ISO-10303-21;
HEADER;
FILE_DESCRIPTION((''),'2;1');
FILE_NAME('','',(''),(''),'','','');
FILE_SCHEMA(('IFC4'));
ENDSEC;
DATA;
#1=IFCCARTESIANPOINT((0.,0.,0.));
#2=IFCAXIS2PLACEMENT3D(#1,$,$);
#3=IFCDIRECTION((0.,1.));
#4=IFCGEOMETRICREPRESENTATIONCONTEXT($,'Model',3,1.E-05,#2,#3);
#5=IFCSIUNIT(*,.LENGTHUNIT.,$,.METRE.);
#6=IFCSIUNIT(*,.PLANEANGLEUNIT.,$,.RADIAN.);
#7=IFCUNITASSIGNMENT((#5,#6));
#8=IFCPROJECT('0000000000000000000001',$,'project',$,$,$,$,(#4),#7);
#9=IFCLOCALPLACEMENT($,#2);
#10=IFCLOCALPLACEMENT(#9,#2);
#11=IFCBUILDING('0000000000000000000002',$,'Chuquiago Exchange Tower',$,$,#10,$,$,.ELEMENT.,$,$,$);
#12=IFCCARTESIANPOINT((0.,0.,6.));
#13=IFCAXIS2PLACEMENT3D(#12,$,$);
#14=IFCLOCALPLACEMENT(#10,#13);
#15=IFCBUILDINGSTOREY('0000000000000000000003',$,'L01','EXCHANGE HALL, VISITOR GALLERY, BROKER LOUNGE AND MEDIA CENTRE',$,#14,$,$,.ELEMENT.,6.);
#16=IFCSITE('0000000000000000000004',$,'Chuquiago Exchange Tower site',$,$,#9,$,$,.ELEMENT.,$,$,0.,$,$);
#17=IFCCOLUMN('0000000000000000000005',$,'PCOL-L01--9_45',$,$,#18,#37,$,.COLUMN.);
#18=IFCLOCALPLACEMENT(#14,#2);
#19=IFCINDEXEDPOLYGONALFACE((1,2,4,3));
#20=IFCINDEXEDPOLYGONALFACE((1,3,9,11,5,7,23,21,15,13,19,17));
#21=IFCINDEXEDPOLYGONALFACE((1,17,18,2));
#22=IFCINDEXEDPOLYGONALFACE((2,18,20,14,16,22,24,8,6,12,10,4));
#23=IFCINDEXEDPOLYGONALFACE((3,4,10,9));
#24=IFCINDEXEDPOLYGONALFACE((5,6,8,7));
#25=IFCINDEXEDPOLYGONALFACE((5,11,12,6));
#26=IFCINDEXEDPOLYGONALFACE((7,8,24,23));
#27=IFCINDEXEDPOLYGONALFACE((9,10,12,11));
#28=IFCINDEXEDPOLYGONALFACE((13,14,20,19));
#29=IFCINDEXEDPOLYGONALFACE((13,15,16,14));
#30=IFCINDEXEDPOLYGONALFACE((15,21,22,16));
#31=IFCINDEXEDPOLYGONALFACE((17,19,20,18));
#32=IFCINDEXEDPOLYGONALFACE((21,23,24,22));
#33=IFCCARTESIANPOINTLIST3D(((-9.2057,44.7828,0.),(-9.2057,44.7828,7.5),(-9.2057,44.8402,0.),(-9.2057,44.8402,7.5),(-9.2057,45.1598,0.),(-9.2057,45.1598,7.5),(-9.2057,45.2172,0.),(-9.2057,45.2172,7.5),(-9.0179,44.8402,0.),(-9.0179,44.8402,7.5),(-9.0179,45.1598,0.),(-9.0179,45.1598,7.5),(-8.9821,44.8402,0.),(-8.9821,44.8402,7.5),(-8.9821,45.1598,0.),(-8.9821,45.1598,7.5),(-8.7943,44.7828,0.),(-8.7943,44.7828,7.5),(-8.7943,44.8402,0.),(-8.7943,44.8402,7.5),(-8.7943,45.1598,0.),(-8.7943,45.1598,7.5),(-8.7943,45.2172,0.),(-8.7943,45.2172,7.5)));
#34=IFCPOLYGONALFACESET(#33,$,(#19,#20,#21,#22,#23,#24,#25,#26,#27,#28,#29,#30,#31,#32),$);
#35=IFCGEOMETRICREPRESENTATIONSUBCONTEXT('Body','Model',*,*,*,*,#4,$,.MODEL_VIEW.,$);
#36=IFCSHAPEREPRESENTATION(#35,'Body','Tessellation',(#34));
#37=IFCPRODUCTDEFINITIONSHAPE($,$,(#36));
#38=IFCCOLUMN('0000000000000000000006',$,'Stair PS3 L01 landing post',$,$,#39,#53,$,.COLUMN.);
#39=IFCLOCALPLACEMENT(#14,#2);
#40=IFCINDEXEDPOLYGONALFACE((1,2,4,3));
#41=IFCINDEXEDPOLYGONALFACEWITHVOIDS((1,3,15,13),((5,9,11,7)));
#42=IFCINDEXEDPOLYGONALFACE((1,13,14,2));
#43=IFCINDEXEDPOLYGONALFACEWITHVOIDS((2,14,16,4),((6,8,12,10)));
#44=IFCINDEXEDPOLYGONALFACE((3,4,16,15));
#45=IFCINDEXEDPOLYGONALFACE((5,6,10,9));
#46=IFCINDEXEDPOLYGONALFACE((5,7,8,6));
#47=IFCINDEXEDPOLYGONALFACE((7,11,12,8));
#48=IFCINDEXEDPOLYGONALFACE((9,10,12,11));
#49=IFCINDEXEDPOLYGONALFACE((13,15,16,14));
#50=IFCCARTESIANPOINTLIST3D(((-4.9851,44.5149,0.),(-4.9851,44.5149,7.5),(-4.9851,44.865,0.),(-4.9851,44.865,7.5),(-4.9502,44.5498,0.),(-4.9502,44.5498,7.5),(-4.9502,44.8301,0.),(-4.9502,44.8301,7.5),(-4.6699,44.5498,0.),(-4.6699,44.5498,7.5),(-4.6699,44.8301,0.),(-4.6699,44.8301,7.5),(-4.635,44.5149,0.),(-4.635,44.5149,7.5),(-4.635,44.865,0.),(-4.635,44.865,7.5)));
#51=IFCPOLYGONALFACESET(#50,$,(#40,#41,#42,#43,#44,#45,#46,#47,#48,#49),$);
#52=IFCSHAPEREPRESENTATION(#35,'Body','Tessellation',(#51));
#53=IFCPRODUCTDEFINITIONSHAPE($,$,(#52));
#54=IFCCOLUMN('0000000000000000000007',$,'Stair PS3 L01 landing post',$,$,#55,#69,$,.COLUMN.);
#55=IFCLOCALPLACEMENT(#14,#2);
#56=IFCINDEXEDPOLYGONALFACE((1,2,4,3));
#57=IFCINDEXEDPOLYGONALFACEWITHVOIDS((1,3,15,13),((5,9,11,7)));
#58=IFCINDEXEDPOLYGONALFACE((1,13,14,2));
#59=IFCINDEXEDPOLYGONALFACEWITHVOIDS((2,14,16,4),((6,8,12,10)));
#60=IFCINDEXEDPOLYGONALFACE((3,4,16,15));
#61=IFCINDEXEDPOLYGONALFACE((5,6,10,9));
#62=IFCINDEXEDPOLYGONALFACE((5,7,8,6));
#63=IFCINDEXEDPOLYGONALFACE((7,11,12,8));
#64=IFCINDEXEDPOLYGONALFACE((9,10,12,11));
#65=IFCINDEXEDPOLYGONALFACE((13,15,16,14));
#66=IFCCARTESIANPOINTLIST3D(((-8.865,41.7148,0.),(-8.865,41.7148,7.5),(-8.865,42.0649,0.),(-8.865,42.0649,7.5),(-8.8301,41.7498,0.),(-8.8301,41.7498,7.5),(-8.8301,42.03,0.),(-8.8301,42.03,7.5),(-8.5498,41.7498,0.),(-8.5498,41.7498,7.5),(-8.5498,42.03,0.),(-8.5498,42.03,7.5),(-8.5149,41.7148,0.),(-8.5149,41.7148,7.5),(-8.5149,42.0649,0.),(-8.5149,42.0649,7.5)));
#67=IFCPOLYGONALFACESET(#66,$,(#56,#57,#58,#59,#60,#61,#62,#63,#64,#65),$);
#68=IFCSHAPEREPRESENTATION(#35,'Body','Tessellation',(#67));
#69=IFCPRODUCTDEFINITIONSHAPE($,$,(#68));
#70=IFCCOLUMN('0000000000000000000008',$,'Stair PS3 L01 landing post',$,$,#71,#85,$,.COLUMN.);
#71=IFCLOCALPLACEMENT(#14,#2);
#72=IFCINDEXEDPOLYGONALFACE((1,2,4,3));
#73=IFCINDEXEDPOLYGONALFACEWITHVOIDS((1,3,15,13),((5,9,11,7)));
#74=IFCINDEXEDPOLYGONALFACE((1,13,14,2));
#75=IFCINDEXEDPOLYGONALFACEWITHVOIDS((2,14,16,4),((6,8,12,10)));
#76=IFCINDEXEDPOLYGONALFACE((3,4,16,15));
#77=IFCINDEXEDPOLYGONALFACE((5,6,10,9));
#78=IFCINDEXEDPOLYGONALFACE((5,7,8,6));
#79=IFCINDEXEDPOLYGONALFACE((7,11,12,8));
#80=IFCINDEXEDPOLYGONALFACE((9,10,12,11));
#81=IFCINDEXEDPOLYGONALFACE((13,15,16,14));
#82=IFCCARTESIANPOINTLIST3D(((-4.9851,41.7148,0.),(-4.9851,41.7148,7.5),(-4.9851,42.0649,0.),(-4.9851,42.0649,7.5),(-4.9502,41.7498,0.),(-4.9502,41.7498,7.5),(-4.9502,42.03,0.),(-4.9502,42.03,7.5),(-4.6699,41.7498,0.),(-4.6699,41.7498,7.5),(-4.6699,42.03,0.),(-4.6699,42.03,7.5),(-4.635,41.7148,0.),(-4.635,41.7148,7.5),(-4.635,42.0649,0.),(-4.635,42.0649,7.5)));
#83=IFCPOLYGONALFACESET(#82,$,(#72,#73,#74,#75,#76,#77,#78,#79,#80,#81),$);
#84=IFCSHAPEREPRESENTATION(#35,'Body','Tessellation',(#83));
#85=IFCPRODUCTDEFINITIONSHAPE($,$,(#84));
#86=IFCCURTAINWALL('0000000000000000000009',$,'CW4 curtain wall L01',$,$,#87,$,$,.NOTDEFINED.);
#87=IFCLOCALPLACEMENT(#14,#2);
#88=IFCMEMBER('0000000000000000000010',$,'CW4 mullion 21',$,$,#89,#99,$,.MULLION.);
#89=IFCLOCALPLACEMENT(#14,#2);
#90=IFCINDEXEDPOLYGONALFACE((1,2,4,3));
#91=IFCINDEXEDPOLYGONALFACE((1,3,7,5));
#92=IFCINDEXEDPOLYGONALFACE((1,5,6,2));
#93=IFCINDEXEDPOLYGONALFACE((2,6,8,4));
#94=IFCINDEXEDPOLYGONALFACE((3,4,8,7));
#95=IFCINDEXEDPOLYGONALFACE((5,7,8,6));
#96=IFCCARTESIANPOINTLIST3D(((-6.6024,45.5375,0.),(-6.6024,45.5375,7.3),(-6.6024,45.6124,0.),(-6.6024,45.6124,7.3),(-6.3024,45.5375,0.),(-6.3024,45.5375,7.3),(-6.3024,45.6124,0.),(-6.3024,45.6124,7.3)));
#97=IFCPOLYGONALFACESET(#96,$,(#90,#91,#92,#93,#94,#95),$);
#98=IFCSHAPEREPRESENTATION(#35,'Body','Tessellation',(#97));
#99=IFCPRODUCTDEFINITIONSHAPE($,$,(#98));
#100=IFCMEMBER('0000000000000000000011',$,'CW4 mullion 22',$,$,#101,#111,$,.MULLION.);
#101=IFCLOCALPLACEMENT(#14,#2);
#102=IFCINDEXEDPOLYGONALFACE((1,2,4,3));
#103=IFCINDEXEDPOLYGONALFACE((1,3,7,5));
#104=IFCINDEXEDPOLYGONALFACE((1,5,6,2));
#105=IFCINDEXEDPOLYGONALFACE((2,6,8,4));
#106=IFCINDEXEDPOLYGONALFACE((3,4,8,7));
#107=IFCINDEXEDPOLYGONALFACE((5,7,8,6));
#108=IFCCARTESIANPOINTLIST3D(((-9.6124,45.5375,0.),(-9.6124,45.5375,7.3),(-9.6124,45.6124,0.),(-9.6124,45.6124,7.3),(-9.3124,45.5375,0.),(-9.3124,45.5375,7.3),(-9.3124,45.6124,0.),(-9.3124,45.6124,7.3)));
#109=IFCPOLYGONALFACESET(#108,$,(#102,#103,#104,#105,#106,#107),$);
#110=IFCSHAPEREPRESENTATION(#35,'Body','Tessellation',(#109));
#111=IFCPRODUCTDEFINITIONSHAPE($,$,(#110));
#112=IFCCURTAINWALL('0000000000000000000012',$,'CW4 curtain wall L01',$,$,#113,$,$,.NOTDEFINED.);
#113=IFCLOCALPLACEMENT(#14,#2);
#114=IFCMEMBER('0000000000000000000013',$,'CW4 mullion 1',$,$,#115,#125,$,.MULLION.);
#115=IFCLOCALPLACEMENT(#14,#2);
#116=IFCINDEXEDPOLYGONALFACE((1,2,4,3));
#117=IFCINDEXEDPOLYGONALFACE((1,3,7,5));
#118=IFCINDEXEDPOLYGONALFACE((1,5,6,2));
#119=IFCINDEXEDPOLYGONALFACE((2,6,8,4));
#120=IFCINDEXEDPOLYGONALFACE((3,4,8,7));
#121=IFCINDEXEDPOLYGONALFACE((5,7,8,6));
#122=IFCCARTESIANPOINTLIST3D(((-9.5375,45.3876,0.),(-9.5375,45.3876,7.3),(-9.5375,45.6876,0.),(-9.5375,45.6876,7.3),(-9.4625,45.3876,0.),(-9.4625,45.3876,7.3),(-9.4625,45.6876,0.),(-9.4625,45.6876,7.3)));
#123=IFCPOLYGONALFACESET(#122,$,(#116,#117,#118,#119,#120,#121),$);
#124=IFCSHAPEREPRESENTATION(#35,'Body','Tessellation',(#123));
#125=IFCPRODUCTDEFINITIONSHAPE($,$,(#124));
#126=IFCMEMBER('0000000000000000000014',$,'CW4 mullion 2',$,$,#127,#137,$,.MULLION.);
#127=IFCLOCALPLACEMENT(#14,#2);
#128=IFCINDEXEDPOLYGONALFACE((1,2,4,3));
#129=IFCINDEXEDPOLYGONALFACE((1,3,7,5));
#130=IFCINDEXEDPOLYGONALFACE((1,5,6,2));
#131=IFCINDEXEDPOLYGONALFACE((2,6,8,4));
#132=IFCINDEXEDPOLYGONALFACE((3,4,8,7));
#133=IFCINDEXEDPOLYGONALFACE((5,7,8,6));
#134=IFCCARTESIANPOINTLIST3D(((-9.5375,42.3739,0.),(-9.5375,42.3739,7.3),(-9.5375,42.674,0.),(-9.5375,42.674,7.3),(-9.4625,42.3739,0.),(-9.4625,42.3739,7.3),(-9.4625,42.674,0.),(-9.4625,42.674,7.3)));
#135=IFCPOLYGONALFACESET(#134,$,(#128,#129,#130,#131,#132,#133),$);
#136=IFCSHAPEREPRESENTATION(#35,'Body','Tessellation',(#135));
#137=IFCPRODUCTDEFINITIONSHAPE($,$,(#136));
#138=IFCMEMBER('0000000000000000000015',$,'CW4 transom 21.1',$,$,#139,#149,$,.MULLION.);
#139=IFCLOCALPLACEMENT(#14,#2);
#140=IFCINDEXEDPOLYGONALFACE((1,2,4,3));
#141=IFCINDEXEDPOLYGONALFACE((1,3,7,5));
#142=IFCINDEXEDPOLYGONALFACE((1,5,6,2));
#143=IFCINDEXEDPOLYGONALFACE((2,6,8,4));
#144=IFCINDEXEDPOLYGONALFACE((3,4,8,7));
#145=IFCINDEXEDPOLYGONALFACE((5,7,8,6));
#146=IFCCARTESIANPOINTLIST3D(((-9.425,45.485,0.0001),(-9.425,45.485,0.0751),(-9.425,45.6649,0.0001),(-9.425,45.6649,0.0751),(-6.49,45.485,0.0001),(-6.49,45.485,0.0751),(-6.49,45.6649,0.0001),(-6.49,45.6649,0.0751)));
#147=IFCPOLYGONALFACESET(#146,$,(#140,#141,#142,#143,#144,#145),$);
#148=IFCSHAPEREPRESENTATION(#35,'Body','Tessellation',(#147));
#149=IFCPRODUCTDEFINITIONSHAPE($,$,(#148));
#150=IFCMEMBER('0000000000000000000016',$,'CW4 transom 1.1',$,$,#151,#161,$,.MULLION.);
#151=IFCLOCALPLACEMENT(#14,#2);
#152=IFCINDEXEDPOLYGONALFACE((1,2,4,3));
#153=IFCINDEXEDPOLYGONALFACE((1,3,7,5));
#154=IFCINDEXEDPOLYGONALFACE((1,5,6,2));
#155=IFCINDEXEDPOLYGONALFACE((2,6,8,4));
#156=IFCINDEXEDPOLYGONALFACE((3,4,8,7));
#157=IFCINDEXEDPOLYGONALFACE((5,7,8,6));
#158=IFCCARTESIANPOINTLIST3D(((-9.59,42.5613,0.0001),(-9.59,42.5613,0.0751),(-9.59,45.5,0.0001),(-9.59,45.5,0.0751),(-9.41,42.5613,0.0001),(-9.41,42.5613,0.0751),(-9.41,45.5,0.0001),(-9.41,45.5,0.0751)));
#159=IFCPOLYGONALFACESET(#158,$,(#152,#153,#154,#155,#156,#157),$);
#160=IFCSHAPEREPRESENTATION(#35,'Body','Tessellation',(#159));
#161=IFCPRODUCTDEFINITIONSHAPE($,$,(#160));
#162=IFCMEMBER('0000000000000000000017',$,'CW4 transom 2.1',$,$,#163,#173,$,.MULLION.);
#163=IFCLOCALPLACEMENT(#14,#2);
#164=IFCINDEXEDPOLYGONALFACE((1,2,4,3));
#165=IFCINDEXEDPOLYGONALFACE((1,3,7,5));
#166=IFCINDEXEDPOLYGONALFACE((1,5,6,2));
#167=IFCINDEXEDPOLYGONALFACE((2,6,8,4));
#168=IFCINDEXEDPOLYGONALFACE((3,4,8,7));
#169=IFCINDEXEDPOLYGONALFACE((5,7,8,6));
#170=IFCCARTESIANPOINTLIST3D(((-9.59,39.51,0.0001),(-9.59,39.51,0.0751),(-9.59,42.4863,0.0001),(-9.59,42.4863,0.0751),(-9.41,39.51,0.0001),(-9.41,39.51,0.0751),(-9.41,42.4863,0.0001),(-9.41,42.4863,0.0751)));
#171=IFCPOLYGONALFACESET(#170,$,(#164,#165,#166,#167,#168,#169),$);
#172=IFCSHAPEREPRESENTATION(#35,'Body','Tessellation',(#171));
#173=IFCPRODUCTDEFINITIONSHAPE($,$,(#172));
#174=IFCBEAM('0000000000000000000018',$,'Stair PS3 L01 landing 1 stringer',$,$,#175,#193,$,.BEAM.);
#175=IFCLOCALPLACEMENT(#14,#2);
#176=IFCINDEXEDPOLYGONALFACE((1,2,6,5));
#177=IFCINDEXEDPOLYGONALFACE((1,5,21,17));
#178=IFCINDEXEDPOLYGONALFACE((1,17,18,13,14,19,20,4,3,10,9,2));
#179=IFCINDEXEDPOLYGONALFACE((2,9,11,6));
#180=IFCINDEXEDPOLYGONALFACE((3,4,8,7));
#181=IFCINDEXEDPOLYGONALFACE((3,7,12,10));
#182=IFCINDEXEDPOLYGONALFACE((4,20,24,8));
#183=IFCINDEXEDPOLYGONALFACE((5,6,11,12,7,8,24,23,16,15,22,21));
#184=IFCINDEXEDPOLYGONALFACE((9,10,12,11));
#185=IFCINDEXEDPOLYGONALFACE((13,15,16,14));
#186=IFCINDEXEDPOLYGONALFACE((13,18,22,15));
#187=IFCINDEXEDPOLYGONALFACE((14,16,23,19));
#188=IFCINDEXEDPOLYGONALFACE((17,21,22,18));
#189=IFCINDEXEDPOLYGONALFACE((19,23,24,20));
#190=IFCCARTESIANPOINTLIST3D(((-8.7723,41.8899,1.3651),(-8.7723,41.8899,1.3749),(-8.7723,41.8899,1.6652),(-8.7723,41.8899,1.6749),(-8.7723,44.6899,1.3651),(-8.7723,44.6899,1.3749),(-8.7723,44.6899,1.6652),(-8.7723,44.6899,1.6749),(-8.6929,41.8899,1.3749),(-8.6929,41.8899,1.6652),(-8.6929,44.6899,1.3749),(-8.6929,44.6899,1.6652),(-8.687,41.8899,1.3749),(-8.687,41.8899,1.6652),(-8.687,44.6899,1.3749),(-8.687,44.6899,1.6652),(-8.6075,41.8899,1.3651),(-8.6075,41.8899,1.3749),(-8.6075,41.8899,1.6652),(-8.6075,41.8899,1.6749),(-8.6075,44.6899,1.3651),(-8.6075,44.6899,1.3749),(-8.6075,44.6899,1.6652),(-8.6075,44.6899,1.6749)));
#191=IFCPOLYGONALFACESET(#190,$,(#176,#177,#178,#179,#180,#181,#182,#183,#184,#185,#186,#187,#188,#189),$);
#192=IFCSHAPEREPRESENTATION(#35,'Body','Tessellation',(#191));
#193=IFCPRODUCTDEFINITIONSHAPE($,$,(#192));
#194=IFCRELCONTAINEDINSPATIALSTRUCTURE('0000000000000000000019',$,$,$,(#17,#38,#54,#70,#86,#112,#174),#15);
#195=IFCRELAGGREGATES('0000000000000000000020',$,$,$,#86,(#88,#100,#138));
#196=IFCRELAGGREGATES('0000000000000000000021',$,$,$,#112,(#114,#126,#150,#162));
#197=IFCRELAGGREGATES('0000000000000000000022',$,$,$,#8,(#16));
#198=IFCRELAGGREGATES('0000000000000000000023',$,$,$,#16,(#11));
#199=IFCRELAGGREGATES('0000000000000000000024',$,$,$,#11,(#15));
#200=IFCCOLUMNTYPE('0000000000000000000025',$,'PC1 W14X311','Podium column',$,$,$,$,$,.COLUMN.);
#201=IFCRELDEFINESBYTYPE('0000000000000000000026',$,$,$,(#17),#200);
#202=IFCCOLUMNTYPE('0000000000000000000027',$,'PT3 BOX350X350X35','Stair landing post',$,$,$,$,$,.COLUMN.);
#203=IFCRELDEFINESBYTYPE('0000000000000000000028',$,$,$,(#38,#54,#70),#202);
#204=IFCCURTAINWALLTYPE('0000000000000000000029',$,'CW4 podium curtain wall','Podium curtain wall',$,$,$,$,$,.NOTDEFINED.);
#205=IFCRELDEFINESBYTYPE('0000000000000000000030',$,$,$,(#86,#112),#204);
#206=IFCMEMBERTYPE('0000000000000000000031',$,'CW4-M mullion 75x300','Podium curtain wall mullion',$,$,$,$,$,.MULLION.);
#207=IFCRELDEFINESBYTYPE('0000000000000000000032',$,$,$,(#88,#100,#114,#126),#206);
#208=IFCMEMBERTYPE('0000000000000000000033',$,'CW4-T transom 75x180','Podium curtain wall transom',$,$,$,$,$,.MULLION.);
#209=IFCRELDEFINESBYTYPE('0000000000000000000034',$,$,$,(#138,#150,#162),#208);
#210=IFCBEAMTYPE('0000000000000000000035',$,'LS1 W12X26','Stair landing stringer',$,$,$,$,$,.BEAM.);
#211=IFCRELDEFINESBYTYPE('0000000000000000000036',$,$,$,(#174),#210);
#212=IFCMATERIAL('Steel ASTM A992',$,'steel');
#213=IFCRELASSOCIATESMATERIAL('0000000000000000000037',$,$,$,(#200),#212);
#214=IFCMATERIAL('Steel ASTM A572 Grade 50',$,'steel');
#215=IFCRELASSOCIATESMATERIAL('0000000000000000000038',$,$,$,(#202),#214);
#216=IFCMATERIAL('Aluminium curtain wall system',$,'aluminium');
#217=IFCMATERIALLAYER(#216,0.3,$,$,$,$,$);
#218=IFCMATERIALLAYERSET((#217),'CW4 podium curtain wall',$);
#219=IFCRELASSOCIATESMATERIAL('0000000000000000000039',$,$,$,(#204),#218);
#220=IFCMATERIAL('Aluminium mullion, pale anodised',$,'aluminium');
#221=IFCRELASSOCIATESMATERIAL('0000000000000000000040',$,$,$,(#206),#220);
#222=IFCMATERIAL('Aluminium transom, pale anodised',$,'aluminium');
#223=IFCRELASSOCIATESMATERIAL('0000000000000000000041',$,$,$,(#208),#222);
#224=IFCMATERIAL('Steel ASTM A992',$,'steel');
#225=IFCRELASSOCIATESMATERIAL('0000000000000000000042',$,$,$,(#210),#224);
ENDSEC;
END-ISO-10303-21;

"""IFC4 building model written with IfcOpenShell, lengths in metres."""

from ifc_helpers import new_model, si_unit, direction, frame, origin, origin_2d, place, context, subcontext, project, spatial, rectangle, hollow_rectangle, i_section, extrude, material, layer, layer_set, material_profile, profile_set, type_object, element, aggregate, save


model = new_model("IFC4")

# Units and contexts
model_context = context("Model", 3, precision=1e-05, world=origin(), true_north=direction((0.0, 1.0)))
body_context = subcontext(model_context, "Body", "Model", "MODEL_VIEW")
ifc_project = project(units=[si_unit("LENGTHUNIT", "METRE"), si_unit("PLANEANGLEUNIT", "RADIAN")], contexts=[model_context])

# Site, building, storey
site_placement = place(None, origin())
site = spatial("IfcSite", under=ifc_project, at=site_placement, Name="Chuquiago Exchange Tower site", CompositionType="ELEMENT", RefElevation=0.0)
building_placement = place(site_placement, origin())
building = spatial("IfcBuilding", under=site, at=building_placement, Name="Chuquiago Exchange Tower", CompositionType="ELEMENT")
storey_placement = place(building_placement, frame((0.0, 0.0, 6.0)))
storey = spatial("IfcBuildingStorey", under=building, at=storey_placement, Name="L01", Description="EXCHANGE HALL, VISITOR GALLERY, BROKER LOUNGE AND MEDIA CENTRE", CompositionType="ELEMENT", Elevation=6.0)

# Columns
ifc_material_1 = material(Name="Steel ASTM A992", Category="steel")
ifc_material_profile_1 = material_profile(ifc_material_1, i_section(OverallWidth=0.4114, OverallDepth=0.4343, WebThickness=0.0359, FlangeThickness=0.0574, at=origin_2d()), Name="W14X311")
ifc_profile_set_1 = profile_set([ifc_material_profile_1], Name="Steel ASTM A992")
column_type_1 = type_object("IfcColumnType", Name="PC1 W14X311", Description="Podium column", PredefinedType="COLUMN", material=ifc_profile_set_1)
column_placement = place(storey_placement, frame((-9.0, 45.0, 0.0), z_axis=(0.0, 0.0, 1.0), x_axis=(1.0, 0.0, 0.0)))
element("IfcColumn", 1, at=column_placement, inside=storey, type_object=column_type_1, Name="PCOL-L01--9_45", PredefinedType="COLUMN", context=body_context, shape_type="SweptSolid", body=[
    extrude(i_section(OverallWidth=0.4114, OverallDepth=0.4343, WebThickness=0.0359, FlangeThickness=0.0574, at=origin_2d()), origin(), (0.0, 0.0, 1.0), 7.5),
])
ifc_material_2 = material(Name="Steel ASTM A572 Grade 50", Category="steel")
ifc_material_profile_2 = material_profile(ifc_material_2, hollow_rectangle(XDim=0.3501, YDim=0.3501, WallThickness=0.0349, at=origin_2d()), Name="BOX350X350X35")
ifc_profile_set_2 = profile_set([ifc_material_profile_2], Name="Steel ASTM A572 Grade 50")
column_type_2 = type_object("IfcColumnType", Name="PT3 BOX350X350X35", Description="Stair landing post", PredefinedType="COLUMN", material=ifc_profile_set_2)
for number, where, z_axis, x_axis, name in (
    (2, (-4.8101, 44.6899, 0.0), (0.0, 0.0, 1.0), (1.0, 0.0, 0.0), "Stair PS3 L01 landing post"),
    (3, (-8.6899, 41.8899, 0.0), (0.0, 0.0, 1.0), (1.0, 0.0, 0.0), "Stair PS3 L01 landing post"),
    (4, (-4.8101, 41.8899, 0.0), (0.0, 0.0, 1.0), (1.0, 0.0, 0.0), "Stair PS3 L01 landing post"),
):
    element("IfcColumn", number, at=place(storey_placement, frame(where, z_axis=z_axis, x_axis=x_axis)), inside=storey, type_object=column_type_2, Name=name, PredefinedType="COLUMN", context=body_context, shape_type="SweptSolid", body=[
        extrude(hollow_rectangle(XDim=0.3501, YDim=0.3501, WallThickness=0.0349, at=origin_2d()), origin(), (0.0, 0.0, 1.0), 7.5),
    ])

# Curtain walls, members
ifc_material_3 = material(Name="Aluminium curtain wall system", Category="aluminium")
ifc_layer_1 = layer(ifc_material_3, 0.3)
ifc_layer_set_1 = layer_set([ifc_layer_1], Name="CW4 podium curtain wall")
curtain_wall_type = type_object("IfcCurtainWallType", Name="CW4 podium curtain wall", Description="Podium curtain wall", PredefinedType="NOTDEFINED", material=ifc_layer_set_1)
curtain_wall_1_placement = place(storey_placement, origin())
curtain_wall_1 = element("IfcCurtainWall", 5, at=curtain_wall_1_placement, inside=storey, type_object=curtain_wall_type, Name="CW4 curtain wall L01", PredefinedType="NOTDEFINED")
ifc_material_4 = material(Name="Aluminium mullion, pale anodised", Category="aluminium")
ifc_material_profile_3 = material_profile(ifc_material_4, rectangle(XDim=0.075, YDim=0.3, at=origin_2d()), Name="AL 75x300")
ifc_profile_set_3 = profile_set([ifc_material_profile_3], Name="Aluminium mullion, pale anodised")
member_type_1 = type_object("IfcMemberType", Name="CW4-M mullion 75x300", Description="Podium curtain wall mullion", PredefinedType="MULLION", material=ifc_profile_set_3)
member_1_placement = place(storey_placement, frame((-6.4524, 45.575, 0.0), z_axis=(0.0, 0.0, 1.0), x_axis=(0.0, -1.0, 0.0)))
member_1 = element("IfcMember", 6, at=member_1_placement, type_object=member_type_1, Name="CW4 mullion 21", PredefinedType="MULLION", context=body_context, shape_type="SweptSolid", body=[
    extrude(rectangle(XDim=0.075, YDim=0.3, at=origin_2d()), origin(), (0.0, 0.0, 1.0), 7.3),
])
member_2_placement = place(storey_placement, frame((-9.4624, 45.575, 0.0), z_axis=(0.0, 0.0, 1.0), x_axis=(0.0, -1.0, 0.0)))
member_2 = element("IfcMember", 7, at=member_2_placement, type_object=member_type_1, Name="CW4 mullion 22", PredefinedType="MULLION", context=body_context, shape_type="SweptSolid", body=[
    extrude(rectangle(XDim=0.075, YDim=0.3, at=origin_2d()), origin(), (0.0, 0.0, 1.0), 7.3),
])
curtain_wall_2_placement = place(storey_placement, origin())
curtain_wall_2 = element("IfcCurtainWall", 8, at=curtain_wall_2_placement, inside=storey, type_object=curtain_wall_type, Name="CW4 curtain wall L01", PredefinedType="NOTDEFINED")
member_3_placement = place(storey_placement, frame((-9.5, 45.5376, 0.0), z_axis=(0.0, 0.0, 1.0), x_axis=(1.0, 0.0, 0.0)))
member_3 = element("IfcMember", 9, at=member_3_placement, type_object=member_type_1, Name="CW4 mullion 1", PredefinedType="MULLION", context=body_context, shape_type="SweptSolid", body=[
    extrude(rectangle(XDim=0.075, YDim=0.3, at=origin_2d()), origin(), (0.0, 0.0, 1.0), 7.3),
])
member_4_placement = place(storey_placement, frame((-9.5, 42.5239, 0.0), z_axis=(0.0, 0.0, 1.0), x_axis=(1.0, 0.0, 0.0)))
member_4 = element("IfcMember", 10, at=member_4_placement, type_object=member_type_1, Name="CW4 mullion 2", PredefinedType="MULLION", context=body_context, shape_type="SweptSolid", body=[
    extrude(rectangle(XDim=0.075, YDim=0.3, at=origin_2d()), origin(), (0.0, 0.0, 1.0), 7.3),
])

# Members
ifc_material_5 = material(Name="Aluminium transom, pale anodised", Category="aluminium")
ifc_material_profile_4 = material_profile(ifc_material_5, rectangle(XDim=0.1799, YDim=0.075, at=origin_2d()), Name="AL 180x75")
ifc_profile_set_4 = profile_set([ifc_material_profile_4], Name="Aluminium transom, pale anodised")
member_type_2 = type_object("IfcMemberType", Name="CW4-T transom 75x180", Description="Podium curtain wall transom", PredefinedType="MULLION", material=ifc_profile_set_4)
member_5_placement = place(storey_placement, frame((-6.49, 45.575, 0.0376), z_axis=(-1.0, 0.0, 0.0), x_axis=(0.0, -1.0, 0.0)))
member_5 = element("IfcMember", 11, at=member_5_placement, type_object=member_type_2, Name="CW4 transom 21.1", PredefinedType="MULLION", context=body_context, shape_type="SweptSolid", body=[
    extrude(rectangle(XDim=0.1799, YDim=0.075, at=origin_2d()), origin(), (0.0, 0.0, 1.0), 2.9351),
])
member_6_placement = place(storey_placement, frame((-9.5, 45.5, 0.0376), z_axis=(0.0, -1.0, 0.0), x_axis=(1.0, 0.0, 0.0)))
member_6 = element("IfcMember", 12, at=member_6_placement, type_object=member_type_2, Name="CW4 transom 1.1", PredefinedType="MULLION", context=body_context, shape_type="SweptSolid", body=[
    extrude(rectangle(XDim=0.1799, YDim=0.075, at=origin_2d()), origin(), (0.0, 0.0, 1.0), 2.9387),
])
member_7_placement = place(storey_placement, frame((-9.5, 42.4863, 0.0376), z_axis=(0.0, -1.0, 0.0), x_axis=(1.0, 0.0, 0.0)))
member_7 = element("IfcMember", 13, at=member_7_placement, type_object=member_type_2, Name="CW4 transom 2.1", PredefinedType="MULLION", context=body_context, shape_type="SweptSolid", body=[
    extrude(rectangle(XDim=0.1799, YDim=0.075, at=origin_2d()), origin(), (0.0, 0.0, 1.0), 2.9763),
])

# Beam
ifc_material_6 = material(Name="Steel ASTM A992", Category="steel")
ifc_material_profile_5 = material_profile(ifc_material_6, i_section(OverallWidth=0.1648, OverallDepth=0.3098, WebThickness=0.0059, FlangeThickness=0.0098, at=origin_2d()), Name="W12X26")
ifc_profile_set_5 = profile_set([ifc_material_profile_5], Name="Steel ASTM A992")
beam_type_1 = type_object("IfcBeamType", Name="LS1 W12X26", Description="Stair landing stringer", PredefinedType="BEAM", material=ifc_profile_set_5)
for number, where, z_axis, x_axis, name in (
    (14, (-8.6899, 41.8899, 1.52), (0.0, 1.0, 0.0), (-1.0, 0.0, 0.0), "Stair PS3 L01 landing 1 stringer"),
):
    element("IfcBeam", number, at=place(storey_placement, frame(where, z_axis=z_axis, x_axis=x_axis)), inside=storey, type_object=beam_type_1, Name=name, PredefinedType="BEAM", context=body_context, shape_type="SweptSolid", body=[
        extrude(i_section(OverallWidth=0.1648, OverallDepth=0.3098, WebThickness=0.0059, FlangeThickness=0.0098, at=origin_2d()), origin(), (0.0, 0.0, 1.0), 2.8),
    ])

aggregate(curtain_wall_1, [member_1, member_2, member_5])
aggregate(curtain_wall_2, [member_3, member_4, member_6, member_7])

save(model, "model.ifc")
